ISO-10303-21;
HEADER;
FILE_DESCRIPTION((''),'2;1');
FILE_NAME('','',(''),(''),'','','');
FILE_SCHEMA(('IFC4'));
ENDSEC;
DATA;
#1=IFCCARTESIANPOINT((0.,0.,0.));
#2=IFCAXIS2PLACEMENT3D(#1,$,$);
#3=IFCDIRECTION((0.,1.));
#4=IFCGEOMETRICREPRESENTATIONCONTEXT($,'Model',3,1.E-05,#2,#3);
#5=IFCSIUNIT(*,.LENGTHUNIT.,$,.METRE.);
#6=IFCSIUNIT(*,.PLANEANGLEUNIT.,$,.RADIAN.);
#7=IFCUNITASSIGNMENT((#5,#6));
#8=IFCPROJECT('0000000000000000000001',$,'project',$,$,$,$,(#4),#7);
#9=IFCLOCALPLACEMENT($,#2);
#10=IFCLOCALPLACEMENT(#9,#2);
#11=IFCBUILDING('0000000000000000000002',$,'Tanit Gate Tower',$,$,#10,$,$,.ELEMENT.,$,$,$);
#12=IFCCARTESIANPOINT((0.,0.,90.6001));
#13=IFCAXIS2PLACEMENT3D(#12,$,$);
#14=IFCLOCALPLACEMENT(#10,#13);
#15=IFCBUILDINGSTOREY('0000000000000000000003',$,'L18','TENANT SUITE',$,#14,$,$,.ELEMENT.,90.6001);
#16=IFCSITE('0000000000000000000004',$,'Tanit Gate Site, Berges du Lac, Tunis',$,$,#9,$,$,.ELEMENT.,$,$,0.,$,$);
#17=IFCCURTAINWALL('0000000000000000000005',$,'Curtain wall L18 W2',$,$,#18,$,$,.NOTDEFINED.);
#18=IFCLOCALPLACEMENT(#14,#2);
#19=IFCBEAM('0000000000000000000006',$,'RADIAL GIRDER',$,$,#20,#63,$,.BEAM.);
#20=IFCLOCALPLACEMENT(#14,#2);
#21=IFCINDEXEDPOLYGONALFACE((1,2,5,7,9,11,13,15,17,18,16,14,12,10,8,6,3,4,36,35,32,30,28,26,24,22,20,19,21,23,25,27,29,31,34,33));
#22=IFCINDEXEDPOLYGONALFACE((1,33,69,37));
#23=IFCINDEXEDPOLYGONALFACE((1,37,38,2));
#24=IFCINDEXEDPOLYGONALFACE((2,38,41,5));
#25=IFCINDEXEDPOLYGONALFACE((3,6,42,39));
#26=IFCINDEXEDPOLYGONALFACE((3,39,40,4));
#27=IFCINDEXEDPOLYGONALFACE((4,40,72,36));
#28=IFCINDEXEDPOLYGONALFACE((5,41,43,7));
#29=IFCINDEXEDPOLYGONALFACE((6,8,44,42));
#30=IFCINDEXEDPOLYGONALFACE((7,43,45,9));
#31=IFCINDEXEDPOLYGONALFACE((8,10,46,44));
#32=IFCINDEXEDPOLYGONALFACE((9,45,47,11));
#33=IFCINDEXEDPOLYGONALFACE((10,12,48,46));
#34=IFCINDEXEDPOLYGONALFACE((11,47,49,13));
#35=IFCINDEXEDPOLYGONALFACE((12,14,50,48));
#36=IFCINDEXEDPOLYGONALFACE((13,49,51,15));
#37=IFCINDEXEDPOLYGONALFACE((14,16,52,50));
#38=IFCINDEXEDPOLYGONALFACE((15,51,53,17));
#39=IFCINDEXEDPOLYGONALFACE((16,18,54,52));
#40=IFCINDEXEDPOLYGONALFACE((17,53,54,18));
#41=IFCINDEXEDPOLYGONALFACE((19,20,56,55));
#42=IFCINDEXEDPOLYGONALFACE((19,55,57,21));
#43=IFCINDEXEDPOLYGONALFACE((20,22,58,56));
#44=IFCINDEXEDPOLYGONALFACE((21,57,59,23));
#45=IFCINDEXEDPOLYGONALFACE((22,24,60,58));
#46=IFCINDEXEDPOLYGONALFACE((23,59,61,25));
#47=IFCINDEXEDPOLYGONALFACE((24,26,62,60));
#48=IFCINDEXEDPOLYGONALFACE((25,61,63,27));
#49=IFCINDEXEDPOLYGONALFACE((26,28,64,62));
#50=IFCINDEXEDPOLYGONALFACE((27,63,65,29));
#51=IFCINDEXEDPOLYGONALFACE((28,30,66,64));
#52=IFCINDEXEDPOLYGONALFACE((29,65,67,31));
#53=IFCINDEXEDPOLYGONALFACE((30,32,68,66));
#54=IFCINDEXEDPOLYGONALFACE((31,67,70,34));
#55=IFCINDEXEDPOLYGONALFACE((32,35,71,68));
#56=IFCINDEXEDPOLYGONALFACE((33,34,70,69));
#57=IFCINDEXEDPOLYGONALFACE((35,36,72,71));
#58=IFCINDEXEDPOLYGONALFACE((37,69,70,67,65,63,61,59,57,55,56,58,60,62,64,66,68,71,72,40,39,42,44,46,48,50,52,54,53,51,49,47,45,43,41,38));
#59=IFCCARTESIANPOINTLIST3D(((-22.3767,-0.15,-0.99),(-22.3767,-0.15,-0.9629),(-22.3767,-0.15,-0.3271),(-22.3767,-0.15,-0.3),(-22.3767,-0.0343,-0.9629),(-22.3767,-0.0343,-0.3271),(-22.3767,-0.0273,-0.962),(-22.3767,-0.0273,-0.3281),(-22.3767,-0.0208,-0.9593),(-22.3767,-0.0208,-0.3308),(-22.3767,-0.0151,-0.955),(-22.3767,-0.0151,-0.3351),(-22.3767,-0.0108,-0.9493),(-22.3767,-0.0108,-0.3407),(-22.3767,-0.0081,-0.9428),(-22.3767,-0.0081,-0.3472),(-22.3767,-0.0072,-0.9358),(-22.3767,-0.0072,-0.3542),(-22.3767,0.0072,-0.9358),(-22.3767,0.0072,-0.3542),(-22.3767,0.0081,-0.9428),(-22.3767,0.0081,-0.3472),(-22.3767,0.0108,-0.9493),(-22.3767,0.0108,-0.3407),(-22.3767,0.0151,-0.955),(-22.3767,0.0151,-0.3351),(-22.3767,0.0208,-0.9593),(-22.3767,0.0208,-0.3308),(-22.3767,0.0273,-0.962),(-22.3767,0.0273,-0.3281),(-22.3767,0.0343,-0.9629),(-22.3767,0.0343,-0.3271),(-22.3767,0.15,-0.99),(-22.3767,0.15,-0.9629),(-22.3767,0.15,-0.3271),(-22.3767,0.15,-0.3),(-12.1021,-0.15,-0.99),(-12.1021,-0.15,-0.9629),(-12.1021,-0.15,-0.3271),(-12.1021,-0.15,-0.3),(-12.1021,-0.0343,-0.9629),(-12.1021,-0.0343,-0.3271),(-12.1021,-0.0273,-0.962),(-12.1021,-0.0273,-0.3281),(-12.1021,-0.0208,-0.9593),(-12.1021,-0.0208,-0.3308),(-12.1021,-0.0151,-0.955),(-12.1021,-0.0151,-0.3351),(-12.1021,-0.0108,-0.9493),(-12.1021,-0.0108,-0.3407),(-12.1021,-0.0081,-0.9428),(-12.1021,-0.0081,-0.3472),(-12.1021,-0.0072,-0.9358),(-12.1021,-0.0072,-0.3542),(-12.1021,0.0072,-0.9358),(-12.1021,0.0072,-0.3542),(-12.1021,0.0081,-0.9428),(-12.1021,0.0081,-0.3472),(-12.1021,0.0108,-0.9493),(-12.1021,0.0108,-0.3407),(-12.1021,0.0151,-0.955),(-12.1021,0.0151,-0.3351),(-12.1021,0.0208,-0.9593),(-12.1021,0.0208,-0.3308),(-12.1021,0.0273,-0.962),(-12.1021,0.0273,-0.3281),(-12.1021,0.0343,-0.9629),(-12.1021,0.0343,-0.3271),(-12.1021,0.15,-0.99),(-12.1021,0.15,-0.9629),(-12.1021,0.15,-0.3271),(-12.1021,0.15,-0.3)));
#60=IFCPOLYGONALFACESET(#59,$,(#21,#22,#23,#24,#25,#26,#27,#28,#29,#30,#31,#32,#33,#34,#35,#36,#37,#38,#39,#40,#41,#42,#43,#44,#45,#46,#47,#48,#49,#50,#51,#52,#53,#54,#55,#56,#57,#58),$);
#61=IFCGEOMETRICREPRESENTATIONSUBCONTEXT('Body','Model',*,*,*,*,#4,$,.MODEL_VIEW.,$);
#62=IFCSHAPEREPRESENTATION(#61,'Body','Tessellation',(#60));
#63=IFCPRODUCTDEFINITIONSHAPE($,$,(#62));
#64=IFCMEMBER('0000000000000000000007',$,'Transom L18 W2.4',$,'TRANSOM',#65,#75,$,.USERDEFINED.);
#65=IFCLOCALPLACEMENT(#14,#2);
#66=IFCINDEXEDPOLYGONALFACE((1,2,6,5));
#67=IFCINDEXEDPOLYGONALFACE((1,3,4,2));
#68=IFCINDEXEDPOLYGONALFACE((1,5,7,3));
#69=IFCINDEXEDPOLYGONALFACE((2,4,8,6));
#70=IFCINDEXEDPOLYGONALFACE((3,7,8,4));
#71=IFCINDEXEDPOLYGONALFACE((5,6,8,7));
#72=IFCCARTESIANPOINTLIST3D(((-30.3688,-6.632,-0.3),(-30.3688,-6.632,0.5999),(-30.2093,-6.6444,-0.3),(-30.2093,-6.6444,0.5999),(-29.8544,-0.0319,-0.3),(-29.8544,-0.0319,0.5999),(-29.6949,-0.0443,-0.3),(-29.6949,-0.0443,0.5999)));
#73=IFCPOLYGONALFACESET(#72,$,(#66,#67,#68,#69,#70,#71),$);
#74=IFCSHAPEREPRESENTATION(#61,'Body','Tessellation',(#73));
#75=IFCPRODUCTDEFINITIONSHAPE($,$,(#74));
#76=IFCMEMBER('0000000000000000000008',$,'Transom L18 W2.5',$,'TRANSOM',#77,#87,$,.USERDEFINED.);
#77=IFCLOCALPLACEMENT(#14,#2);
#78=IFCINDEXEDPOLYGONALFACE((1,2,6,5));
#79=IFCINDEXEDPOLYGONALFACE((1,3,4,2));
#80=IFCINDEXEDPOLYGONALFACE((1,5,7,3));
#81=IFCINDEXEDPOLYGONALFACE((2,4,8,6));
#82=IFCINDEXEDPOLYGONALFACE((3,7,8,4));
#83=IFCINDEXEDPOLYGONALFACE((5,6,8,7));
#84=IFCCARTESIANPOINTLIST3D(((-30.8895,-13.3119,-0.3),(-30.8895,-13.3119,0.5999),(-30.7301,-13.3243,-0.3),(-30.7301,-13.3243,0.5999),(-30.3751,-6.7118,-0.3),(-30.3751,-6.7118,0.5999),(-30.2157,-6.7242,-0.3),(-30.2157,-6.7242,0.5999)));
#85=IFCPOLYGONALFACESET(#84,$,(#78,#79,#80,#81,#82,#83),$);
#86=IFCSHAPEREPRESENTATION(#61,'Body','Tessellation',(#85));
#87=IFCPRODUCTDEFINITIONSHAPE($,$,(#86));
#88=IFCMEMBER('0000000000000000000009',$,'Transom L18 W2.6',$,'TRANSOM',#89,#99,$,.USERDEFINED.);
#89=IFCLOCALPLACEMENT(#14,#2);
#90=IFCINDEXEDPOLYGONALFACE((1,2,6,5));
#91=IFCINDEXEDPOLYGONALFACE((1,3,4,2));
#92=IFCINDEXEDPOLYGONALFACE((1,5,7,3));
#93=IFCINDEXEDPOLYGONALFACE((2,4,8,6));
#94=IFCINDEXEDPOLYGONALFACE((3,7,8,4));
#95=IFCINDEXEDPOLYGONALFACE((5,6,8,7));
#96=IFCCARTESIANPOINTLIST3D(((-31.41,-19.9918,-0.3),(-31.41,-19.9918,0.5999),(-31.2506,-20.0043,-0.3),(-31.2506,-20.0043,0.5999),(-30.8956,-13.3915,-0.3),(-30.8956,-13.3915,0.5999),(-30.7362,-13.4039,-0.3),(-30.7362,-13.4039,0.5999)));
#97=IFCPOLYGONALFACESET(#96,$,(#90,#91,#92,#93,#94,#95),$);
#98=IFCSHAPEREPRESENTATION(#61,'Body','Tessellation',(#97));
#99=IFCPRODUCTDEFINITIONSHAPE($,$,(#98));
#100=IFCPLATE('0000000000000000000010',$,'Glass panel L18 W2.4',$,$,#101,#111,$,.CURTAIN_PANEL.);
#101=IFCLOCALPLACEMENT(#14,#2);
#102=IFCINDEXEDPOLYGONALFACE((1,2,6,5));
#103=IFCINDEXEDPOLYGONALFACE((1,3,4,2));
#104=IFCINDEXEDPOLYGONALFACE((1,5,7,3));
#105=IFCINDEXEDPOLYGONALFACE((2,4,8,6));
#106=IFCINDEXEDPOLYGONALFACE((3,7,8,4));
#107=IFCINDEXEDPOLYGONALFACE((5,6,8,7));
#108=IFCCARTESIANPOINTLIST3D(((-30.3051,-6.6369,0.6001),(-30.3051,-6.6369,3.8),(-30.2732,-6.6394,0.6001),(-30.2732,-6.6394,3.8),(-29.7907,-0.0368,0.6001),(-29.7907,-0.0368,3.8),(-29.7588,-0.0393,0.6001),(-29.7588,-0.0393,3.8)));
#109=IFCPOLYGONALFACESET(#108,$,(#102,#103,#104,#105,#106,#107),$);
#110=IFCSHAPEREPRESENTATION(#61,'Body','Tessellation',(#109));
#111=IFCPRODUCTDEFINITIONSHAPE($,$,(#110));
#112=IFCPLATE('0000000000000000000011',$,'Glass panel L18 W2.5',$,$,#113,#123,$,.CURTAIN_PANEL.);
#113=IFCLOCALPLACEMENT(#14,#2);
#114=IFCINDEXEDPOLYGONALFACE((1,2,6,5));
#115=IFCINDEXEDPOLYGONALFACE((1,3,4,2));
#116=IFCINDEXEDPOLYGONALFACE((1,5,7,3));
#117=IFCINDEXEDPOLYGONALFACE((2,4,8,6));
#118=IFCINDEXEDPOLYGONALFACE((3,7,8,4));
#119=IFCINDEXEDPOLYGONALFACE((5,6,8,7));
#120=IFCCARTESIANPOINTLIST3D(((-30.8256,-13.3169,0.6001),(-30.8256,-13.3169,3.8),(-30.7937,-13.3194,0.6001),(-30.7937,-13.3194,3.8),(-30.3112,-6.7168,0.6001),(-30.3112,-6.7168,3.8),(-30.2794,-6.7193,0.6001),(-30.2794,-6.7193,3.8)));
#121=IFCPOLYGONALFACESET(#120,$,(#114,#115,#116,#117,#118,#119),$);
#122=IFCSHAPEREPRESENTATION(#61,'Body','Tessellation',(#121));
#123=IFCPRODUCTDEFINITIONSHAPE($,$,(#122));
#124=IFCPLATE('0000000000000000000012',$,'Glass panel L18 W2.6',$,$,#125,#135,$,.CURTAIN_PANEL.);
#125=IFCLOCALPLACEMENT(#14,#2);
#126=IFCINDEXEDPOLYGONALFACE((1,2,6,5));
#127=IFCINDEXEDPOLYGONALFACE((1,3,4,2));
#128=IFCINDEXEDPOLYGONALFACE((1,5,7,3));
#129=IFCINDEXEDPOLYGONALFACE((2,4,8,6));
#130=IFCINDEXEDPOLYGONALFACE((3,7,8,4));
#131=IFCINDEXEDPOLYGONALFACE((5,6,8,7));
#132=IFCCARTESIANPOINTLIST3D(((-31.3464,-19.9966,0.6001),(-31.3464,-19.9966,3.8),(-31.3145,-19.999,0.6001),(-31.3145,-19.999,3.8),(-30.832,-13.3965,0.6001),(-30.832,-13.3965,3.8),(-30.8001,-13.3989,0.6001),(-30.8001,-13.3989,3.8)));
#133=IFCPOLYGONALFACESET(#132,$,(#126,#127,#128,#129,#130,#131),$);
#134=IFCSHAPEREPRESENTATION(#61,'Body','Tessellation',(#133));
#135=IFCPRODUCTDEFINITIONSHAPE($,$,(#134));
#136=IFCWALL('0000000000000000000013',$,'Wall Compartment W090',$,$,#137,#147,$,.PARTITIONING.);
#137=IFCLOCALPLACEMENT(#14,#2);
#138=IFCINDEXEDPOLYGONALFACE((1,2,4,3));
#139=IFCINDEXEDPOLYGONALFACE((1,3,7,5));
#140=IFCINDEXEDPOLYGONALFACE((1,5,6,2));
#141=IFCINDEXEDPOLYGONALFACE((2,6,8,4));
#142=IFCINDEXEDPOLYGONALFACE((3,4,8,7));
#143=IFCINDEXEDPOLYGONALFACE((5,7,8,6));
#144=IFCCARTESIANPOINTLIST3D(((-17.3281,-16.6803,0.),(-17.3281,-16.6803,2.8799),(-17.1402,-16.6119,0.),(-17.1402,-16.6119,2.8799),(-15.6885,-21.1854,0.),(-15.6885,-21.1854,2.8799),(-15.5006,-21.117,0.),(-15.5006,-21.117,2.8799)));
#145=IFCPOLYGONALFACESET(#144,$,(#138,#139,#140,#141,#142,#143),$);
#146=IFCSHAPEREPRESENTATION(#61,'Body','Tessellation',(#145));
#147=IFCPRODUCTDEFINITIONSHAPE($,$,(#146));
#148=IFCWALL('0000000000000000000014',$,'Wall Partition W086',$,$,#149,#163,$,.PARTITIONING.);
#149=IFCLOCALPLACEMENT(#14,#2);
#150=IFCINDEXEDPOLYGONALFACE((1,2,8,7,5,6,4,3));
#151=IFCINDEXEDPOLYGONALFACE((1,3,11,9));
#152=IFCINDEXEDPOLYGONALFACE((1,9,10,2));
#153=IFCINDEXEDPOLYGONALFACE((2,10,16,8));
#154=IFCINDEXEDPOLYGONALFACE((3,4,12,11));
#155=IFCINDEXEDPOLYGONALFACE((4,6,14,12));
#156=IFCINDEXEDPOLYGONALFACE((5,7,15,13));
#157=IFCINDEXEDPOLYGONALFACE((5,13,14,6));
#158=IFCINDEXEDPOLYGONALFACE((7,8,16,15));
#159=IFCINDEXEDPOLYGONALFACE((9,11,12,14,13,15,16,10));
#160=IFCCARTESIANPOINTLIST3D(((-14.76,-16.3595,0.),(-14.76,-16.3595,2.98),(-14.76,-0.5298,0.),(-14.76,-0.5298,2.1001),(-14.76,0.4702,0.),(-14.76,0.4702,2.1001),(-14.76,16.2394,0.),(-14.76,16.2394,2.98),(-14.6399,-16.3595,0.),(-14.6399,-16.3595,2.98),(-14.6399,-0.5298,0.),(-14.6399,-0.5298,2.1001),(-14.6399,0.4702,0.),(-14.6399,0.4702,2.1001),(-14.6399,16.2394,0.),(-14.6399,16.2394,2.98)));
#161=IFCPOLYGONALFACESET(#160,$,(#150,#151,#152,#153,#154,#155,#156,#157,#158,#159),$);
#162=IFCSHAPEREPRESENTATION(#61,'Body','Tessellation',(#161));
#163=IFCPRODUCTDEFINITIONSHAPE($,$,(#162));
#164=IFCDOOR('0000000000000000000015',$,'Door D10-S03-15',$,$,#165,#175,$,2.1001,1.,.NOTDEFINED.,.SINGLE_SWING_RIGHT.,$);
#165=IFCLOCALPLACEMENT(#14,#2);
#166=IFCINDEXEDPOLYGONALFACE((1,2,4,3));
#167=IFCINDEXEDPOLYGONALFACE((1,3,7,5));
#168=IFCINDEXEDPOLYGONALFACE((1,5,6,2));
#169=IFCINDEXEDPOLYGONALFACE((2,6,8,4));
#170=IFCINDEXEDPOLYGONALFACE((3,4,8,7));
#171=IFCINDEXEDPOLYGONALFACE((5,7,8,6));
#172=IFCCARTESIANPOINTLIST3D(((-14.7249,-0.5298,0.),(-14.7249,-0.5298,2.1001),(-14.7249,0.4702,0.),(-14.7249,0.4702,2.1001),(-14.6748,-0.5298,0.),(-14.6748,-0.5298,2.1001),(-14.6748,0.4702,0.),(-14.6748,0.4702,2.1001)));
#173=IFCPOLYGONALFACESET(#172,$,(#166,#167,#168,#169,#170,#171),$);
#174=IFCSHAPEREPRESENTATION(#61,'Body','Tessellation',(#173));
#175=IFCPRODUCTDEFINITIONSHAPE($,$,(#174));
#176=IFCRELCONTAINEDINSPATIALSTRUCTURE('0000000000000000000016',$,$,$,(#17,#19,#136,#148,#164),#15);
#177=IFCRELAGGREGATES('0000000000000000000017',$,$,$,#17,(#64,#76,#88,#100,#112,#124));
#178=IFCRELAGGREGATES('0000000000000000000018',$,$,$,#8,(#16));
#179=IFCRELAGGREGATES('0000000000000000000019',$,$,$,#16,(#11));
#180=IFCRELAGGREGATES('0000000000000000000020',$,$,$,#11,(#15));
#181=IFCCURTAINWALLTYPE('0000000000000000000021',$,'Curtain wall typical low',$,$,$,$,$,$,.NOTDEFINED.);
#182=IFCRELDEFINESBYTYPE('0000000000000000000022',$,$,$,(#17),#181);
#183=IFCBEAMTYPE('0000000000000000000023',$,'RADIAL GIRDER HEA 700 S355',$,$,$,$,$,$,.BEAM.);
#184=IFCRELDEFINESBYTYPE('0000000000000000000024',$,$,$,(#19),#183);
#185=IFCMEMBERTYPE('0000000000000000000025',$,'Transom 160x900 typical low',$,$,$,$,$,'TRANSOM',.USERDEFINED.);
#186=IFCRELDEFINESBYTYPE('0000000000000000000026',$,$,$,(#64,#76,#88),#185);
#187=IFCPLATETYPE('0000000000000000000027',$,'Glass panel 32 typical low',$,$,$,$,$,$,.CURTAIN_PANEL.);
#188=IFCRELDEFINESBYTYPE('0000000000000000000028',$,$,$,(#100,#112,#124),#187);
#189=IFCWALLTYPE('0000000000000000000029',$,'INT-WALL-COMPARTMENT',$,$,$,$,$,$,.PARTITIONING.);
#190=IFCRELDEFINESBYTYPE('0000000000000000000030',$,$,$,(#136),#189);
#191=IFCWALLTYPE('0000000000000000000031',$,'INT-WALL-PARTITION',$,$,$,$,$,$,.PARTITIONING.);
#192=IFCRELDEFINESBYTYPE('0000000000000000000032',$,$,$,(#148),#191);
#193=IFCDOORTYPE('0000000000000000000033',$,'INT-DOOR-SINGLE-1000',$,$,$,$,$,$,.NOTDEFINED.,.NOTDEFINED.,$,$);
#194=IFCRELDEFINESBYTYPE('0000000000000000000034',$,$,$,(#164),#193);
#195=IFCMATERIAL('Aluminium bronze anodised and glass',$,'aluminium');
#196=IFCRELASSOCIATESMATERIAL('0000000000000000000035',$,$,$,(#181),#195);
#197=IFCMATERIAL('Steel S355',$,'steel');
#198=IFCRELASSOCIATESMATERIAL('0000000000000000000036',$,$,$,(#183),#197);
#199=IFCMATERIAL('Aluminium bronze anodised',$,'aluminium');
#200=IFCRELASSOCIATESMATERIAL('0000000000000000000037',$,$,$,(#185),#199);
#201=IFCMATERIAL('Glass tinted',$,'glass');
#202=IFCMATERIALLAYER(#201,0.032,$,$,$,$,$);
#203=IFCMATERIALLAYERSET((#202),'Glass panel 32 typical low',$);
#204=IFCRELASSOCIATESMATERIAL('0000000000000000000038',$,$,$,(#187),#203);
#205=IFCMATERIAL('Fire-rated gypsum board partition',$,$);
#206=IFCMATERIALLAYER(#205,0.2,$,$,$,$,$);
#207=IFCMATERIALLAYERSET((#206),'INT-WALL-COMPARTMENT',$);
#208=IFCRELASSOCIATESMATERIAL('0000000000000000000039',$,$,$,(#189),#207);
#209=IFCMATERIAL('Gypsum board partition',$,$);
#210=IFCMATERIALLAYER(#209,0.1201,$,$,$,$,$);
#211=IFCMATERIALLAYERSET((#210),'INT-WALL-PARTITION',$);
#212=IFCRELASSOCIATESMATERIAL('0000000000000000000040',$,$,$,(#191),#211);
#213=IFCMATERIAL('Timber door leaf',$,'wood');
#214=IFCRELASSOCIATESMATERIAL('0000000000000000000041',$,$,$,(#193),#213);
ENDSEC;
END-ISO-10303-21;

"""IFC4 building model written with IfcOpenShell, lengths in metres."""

from ifc_helpers import new_model, si_unit, direction, frame, frame_2d, origin, origin_2d, place, context, subcontext, project, spatial, rectangle, i_section, extrude, material, layer, layer_set, material_profile, profile_set, type_object, element, fill, aggregate, save


model = new_model("IFC4")

# Units and contexts
model_context = context("Model", 3, precision=1e-05, world=origin(), true_north=direction((0.0, 1.0)))
body_context = subcontext(model_context, "Body", "Model", "MODEL_VIEW")
ifc_project = project(units=[si_unit("LENGTHUNIT", "METRE"), si_unit("PLANEANGLEUNIT", "RADIAN")], contexts=[model_context])

# Site, building, storey
site_placement = place(None, origin())
site = spatial("IfcSite", under=ifc_project, at=site_placement, Name="Tanit Gate Site, Berges du Lac, Tunis", CompositionType="ELEMENT", RefElevation=0.0)
building_placement = place(site_placement, origin())
building = spatial("IfcBuilding", under=site, at=building_placement, Name="Tanit Gate Tower", CompositionType="ELEMENT")
storey_placement = place(building_placement, frame((0.0, 0.0, 90.6001)))
storey = spatial("IfcBuildingStorey", under=building, at=storey_placement, Name="L18", Description="TENANT SUITE", CompositionType="ELEMENT", Elevation=90.6001)

# Curtain wall
ifc_material_1 = material(Name="Aluminium bronze anodised and glass", Category="aluminium")
curtain_wall_type = type_object("IfcCurtainWallType", Name="Curtain wall typical low", PredefinedType="NOTDEFINED", material=ifc_material_1)
curtain_wall_placement = place(storey_placement, origin())
curtain_wall = element("IfcCurtainWall", 1, at=curtain_wall_placement, inside=storey, type_object=curtain_wall_type, Name="Curtain wall L18 W2", PredefinedType="NOTDEFINED")

# Beam
ifc_material_2 = material(Name="Steel S355", Category="steel")
ifc_material_profile_1 = material_profile(ifc_material_2, i_section(OverallWidth=0.3, OverallDepth=0.6899, WebThickness=0.0144, FlangeThickness=0.0271, FilletRadius=0.0271, at=origin_2d()), Name="HEA 700")
ifc_profile_set_1 = profile_set([ifc_material_profile_1], Name="Steel S355")
beam_type = type_object("IfcBeamType", Name="RADIAL GIRDER HEA 700 S355", PredefinedType="BEAM", material=ifc_profile_set_1)
beam_1_placement = place(storey_placement, frame((-22.3767, 0.0, -0.645), z_axis=(1.0, 0.0, 0.0), x_axis=(0.0, 1.0, 0.0)))
element("IfcBeam", 2, at=beam_1_placement, inside=storey, type_object=beam_type, Name="RADIAL GIRDER", PredefinedType="BEAM", context=body_context, shape_type="SweptSolid", body=[
    extrude(i_section(OverallWidth=0.3, OverallDepth=0.6899, WebThickness=0.0144, FlangeThickness=0.0271, FilletRadius=0.0271, at=origin_2d()), origin(), (0.0, 0.0, 1.0), 10.2747),
])

# Members
ifc_material_3 = material(Name="Aluminium bronze anodised", Category="aluminium")
ifc_material_profile_2 = material_profile(ifc_material_3, rectangle(XDim=0.1599, YDim=0.8999, at=origin_2d()), Name="160x900 bronze transom")
ifc_profile_set_2 = profile_set([ifc_material_profile_2], Name="Aluminium bronze anodised")
member_type_1 = type_object("IfcMemberType", Name="Transom 160x900 typical low", ElementType="TRANSOM", PredefinedType="USERDEFINED", material=ifc_profile_set_2)
member_1_placement = place(storey_placement, frame((-29.7747, -0.0381, 0.1499), z_axis=(-0.077703, -0.996977, 0.0), x_axis=(0.996977, -0.077703, 0.0)))
member_1 = element("IfcMember", 3, at=member_1_placement, type_object=member_type_1, Name="Transom L18 W2.4", ObjectType="TRANSOM", PredefinedType="USERDEFINED", context=body_context, shape_type="SweptSolid", body=[
    extrude(rectangle(XDim=0.1599, YDim=0.8999, at=origin_2d()), origin(), (0.0, 0.0, 1.0), 6.6201),
])
member_2_placement = place(storey_placement, frame((-30.2954, -6.718, 0.1499), z_axis=(-0.077703, -0.996977, 0.0), x_axis=(0.996977, -0.077703, 0.0)))
member_2 = element("IfcMember", 4, at=member_2_placement, type_object=member_type_1, Name="Transom L18 W2.5", ObjectType="TRANSOM", PredefinedType="USERDEFINED", context=body_context, shape_type="SweptSolid", body=[
    extrude(rectangle(XDim=0.1599, YDim=0.8999, at=origin_2d()), origin(), (0.0, 0.0, 1.0), 6.6201),
])
member_3_placement = place(storey_placement, frame((-30.8159, -13.3977, 0.1499), z_axis=(-0.0777, -0.996977, 0.0), x_axis=(0.996977, -0.0777, 0.0)))
member_3 = element("IfcMember", 5, at=member_3_placement, type_object=member_type_1, Name="Transom L18 W2.6", ObjectType="TRANSOM", PredefinedType="USERDEFINED", context=body_context, shape_type="SweptSolid", body=[
    extrude(rectangle(XDim=0.1599, YDim=0.8999, at=origin_2d()), origin(), (0.0, 0.0, 1.0), 6.6204),
])

# Plates
ifc_material_4 = material(Name="Glass tinted", Category="glass")
ifc_layer_1 = layer(ifc_material_4, 0.032)
ifc_layer_set_1 = layer_set([ifc_layer_1], Name="Glass panel 32 typical low")
plate_type = type_object("IfcPlateType", Name="Glass panel 32 typical low", PredefinedType="CURTAIN_PANEL", material=ifc_layer_set_1)
plate_1_placement = place(storey_placement, frame((-30.032, -3.3381, 0.6001), z_axis=(0.0, 0.0, 1.0), x_axis=(-0.077701, -0.996977, 0.0)))
plate_1 = element("IfcPlate", 6, at=plate_1_placement, type_object=plate_type, Name="Glass panel L18 W2.4", PredefinedType="CURTAIN_PANEL", context=body_context, shape_type="SweptSolid", body=[
    extrude(rectangle(XDim=6.6201, YDim=0.032, at=origin_2d()), origin(), (0.0, 0.0, 1.0), 3.2),
])
plate_2_placement = place(storey_placement, frame((-30.5525, -10.0181, 0.6001), z_axis=(0.0, 0.0, 1.0), x_axis=(-0.077701, -0.996977, 0.0)))
plate_2 = element("IfcPlate", 7, at=plate_2_placement, type_object=plate_type, Name="Glass panel L18 W2.5", PredefinedType="CURTAIN_PANEL", context=body_context, shape_type="SweptSolid", body=[
    extrude(rectangle(XDim=6.6201, YDim=0.032, at=origin_2d()), origin(), (0.0, 0.0, 1.0), 3.2),
])
plate_3_placement = place(storey_placement, frame((-31.0732, -16.6978, 0.6001), z_axis=(0.0, 0.0, 1.0), x_axis=(-0.077701, -0.996977, 0.0)))
plate_3 = element("IfcPlate", 8, at=plate_3_placement, type_object=plate_type, Name="Glass panel L18 W2.6", PredefinedType="CURTAIN_PANEL", context=body_context, shape_type="SweptSolid", body=[
    extrude(rectangle(XDim=6.6201, YDim=0.032, at=origin_2d()), origin(), (0.0, 0.0, 1.0), 3.2),
])
aggregate(curtain_wall, [member_1, member_2, member_3, plate_1, plate_2, plate_3])

# Wall
ifc_material_5 = material(Name="Fire-rated gypsum board partition")
ifc_layer_2 = layer(ifc_material_5, 0.2)
ifc_layer_set_2 = layer_set([ifc_layer_2], Name="INT-WALL-COMPARTMENT")
wall_type_1 = type_object("IfcWallType", Name="INT-WALL-COMPARTMENT", PredefinedType="PARTITIONING", material=ifc_layer_set_2)
wall_1_placement = place(storey_placement, frame((-17.2341, -16.6462, 0.0), z_axis=(0.0, 0.0, 1.0), x_axis=(0.342005, -0.939698, 0.0)))
element("IfcWall", 9, at=wall_1_placement, inside=storey, type_object=wall_type_1, Name="Wall Compartment W090", PredefinedType="PARTITIONING", context=body_context, shape_type="SweptSolid", body=[
    extrude(rectangle(XDim=4.7942, YDim=0.2, at=frame_2d((2.397, 0.0))), origin(), (0.0, 0.0, 1.0), 2.8799),
])

# Wall, opening, door
ifc_material_6 = material(Name="Gypsum board partition")
ifc_layer_3 = layer(ifc_material_6, 0.1201)
ifc_layer_set_3 = layer_set([ifc_layer_3], Name="INT-WALL-PARTITION")
wall_type_2 = type_object("IfcWallType", Name="INT-WALL-PARTITION", PredefinedType="PARTITIONING", material=ifc_layer_set_3)
wall_2_placement = place(storey_placement, frame((-14.7, -16.3594, 0.0), z_axis=(0.0, 0.0, 1.0), x_axis=(0.0, 1.0, 0.0)))
wall_2 = element("IfcWall", 10, at=wall_2_placement, inside=storey, type_object=wall_type_2, Name="Wall Partition W086", PredefinedType="PARTITIONING", context=body_context, shape_type="SweptSolid", body=[
    extrude(rectangle(XDim=32.5989, YDim=0.1201, at=frame_2d((16.2993, 0.0))), origin(), (0.0, 0.0, 1.0), 2.98),
])
opening_placement = place(wall_2_placement, frame((15.8296, 0.0, 0.0)))
opening = element("IfcOpeningElement", 11, at=opening_placement, cuts=wall_2, PredefinedType="OPENING", context=body_context, shape_type="SweptSolid", body=[
    extrude(rectangle(XDim=1.0, YDim=2.1001, at=frame_2d((0.5, 1.05))), frame((0.0, 0.0701, 0.0), z_axis=(0.0, -1.0, 0.0), x_axis=(1.0, 0.0, 0.0)), (0.0, 0.0, 1.0), 0.1401),
])
ifc_material_7 = material(Name="Timber door leaf", Category="wood")
door_type = type_object("IfcDoorType", Name="INT-DOOR-SINGLE-1000", OperationType="NOTDEFINED", PredefinedType="NOTDEFINED", material=ifc_material_7)
door_placement = place(opening_placement, origin())
door = element("IfcDoor", 12, at=door_placement, inside=storey, type_object=door_type, Name="Door D10-S03-15", OperationType="SINGLE_SWING_RIGHT", OverallHeight=2.1001, OverallWidth=1.0, PredefinedType="NOTDEFINED", context=body_context, shape_type="SweptSolid", body=[
    extrude(rectangle(XDim=1.0, YDim=2.1001, at=frame_2d((0.5, 1.05))), frame((0.0, 0.0249, 0.0), z_axis=(0.0, -1.0, 0.0), x_axis=(1.0, 0.0, 0.0)), (0.0, 0.0, 1.0), 0.05),
])
fill(opening, door)

save(model, "model.ifc")
